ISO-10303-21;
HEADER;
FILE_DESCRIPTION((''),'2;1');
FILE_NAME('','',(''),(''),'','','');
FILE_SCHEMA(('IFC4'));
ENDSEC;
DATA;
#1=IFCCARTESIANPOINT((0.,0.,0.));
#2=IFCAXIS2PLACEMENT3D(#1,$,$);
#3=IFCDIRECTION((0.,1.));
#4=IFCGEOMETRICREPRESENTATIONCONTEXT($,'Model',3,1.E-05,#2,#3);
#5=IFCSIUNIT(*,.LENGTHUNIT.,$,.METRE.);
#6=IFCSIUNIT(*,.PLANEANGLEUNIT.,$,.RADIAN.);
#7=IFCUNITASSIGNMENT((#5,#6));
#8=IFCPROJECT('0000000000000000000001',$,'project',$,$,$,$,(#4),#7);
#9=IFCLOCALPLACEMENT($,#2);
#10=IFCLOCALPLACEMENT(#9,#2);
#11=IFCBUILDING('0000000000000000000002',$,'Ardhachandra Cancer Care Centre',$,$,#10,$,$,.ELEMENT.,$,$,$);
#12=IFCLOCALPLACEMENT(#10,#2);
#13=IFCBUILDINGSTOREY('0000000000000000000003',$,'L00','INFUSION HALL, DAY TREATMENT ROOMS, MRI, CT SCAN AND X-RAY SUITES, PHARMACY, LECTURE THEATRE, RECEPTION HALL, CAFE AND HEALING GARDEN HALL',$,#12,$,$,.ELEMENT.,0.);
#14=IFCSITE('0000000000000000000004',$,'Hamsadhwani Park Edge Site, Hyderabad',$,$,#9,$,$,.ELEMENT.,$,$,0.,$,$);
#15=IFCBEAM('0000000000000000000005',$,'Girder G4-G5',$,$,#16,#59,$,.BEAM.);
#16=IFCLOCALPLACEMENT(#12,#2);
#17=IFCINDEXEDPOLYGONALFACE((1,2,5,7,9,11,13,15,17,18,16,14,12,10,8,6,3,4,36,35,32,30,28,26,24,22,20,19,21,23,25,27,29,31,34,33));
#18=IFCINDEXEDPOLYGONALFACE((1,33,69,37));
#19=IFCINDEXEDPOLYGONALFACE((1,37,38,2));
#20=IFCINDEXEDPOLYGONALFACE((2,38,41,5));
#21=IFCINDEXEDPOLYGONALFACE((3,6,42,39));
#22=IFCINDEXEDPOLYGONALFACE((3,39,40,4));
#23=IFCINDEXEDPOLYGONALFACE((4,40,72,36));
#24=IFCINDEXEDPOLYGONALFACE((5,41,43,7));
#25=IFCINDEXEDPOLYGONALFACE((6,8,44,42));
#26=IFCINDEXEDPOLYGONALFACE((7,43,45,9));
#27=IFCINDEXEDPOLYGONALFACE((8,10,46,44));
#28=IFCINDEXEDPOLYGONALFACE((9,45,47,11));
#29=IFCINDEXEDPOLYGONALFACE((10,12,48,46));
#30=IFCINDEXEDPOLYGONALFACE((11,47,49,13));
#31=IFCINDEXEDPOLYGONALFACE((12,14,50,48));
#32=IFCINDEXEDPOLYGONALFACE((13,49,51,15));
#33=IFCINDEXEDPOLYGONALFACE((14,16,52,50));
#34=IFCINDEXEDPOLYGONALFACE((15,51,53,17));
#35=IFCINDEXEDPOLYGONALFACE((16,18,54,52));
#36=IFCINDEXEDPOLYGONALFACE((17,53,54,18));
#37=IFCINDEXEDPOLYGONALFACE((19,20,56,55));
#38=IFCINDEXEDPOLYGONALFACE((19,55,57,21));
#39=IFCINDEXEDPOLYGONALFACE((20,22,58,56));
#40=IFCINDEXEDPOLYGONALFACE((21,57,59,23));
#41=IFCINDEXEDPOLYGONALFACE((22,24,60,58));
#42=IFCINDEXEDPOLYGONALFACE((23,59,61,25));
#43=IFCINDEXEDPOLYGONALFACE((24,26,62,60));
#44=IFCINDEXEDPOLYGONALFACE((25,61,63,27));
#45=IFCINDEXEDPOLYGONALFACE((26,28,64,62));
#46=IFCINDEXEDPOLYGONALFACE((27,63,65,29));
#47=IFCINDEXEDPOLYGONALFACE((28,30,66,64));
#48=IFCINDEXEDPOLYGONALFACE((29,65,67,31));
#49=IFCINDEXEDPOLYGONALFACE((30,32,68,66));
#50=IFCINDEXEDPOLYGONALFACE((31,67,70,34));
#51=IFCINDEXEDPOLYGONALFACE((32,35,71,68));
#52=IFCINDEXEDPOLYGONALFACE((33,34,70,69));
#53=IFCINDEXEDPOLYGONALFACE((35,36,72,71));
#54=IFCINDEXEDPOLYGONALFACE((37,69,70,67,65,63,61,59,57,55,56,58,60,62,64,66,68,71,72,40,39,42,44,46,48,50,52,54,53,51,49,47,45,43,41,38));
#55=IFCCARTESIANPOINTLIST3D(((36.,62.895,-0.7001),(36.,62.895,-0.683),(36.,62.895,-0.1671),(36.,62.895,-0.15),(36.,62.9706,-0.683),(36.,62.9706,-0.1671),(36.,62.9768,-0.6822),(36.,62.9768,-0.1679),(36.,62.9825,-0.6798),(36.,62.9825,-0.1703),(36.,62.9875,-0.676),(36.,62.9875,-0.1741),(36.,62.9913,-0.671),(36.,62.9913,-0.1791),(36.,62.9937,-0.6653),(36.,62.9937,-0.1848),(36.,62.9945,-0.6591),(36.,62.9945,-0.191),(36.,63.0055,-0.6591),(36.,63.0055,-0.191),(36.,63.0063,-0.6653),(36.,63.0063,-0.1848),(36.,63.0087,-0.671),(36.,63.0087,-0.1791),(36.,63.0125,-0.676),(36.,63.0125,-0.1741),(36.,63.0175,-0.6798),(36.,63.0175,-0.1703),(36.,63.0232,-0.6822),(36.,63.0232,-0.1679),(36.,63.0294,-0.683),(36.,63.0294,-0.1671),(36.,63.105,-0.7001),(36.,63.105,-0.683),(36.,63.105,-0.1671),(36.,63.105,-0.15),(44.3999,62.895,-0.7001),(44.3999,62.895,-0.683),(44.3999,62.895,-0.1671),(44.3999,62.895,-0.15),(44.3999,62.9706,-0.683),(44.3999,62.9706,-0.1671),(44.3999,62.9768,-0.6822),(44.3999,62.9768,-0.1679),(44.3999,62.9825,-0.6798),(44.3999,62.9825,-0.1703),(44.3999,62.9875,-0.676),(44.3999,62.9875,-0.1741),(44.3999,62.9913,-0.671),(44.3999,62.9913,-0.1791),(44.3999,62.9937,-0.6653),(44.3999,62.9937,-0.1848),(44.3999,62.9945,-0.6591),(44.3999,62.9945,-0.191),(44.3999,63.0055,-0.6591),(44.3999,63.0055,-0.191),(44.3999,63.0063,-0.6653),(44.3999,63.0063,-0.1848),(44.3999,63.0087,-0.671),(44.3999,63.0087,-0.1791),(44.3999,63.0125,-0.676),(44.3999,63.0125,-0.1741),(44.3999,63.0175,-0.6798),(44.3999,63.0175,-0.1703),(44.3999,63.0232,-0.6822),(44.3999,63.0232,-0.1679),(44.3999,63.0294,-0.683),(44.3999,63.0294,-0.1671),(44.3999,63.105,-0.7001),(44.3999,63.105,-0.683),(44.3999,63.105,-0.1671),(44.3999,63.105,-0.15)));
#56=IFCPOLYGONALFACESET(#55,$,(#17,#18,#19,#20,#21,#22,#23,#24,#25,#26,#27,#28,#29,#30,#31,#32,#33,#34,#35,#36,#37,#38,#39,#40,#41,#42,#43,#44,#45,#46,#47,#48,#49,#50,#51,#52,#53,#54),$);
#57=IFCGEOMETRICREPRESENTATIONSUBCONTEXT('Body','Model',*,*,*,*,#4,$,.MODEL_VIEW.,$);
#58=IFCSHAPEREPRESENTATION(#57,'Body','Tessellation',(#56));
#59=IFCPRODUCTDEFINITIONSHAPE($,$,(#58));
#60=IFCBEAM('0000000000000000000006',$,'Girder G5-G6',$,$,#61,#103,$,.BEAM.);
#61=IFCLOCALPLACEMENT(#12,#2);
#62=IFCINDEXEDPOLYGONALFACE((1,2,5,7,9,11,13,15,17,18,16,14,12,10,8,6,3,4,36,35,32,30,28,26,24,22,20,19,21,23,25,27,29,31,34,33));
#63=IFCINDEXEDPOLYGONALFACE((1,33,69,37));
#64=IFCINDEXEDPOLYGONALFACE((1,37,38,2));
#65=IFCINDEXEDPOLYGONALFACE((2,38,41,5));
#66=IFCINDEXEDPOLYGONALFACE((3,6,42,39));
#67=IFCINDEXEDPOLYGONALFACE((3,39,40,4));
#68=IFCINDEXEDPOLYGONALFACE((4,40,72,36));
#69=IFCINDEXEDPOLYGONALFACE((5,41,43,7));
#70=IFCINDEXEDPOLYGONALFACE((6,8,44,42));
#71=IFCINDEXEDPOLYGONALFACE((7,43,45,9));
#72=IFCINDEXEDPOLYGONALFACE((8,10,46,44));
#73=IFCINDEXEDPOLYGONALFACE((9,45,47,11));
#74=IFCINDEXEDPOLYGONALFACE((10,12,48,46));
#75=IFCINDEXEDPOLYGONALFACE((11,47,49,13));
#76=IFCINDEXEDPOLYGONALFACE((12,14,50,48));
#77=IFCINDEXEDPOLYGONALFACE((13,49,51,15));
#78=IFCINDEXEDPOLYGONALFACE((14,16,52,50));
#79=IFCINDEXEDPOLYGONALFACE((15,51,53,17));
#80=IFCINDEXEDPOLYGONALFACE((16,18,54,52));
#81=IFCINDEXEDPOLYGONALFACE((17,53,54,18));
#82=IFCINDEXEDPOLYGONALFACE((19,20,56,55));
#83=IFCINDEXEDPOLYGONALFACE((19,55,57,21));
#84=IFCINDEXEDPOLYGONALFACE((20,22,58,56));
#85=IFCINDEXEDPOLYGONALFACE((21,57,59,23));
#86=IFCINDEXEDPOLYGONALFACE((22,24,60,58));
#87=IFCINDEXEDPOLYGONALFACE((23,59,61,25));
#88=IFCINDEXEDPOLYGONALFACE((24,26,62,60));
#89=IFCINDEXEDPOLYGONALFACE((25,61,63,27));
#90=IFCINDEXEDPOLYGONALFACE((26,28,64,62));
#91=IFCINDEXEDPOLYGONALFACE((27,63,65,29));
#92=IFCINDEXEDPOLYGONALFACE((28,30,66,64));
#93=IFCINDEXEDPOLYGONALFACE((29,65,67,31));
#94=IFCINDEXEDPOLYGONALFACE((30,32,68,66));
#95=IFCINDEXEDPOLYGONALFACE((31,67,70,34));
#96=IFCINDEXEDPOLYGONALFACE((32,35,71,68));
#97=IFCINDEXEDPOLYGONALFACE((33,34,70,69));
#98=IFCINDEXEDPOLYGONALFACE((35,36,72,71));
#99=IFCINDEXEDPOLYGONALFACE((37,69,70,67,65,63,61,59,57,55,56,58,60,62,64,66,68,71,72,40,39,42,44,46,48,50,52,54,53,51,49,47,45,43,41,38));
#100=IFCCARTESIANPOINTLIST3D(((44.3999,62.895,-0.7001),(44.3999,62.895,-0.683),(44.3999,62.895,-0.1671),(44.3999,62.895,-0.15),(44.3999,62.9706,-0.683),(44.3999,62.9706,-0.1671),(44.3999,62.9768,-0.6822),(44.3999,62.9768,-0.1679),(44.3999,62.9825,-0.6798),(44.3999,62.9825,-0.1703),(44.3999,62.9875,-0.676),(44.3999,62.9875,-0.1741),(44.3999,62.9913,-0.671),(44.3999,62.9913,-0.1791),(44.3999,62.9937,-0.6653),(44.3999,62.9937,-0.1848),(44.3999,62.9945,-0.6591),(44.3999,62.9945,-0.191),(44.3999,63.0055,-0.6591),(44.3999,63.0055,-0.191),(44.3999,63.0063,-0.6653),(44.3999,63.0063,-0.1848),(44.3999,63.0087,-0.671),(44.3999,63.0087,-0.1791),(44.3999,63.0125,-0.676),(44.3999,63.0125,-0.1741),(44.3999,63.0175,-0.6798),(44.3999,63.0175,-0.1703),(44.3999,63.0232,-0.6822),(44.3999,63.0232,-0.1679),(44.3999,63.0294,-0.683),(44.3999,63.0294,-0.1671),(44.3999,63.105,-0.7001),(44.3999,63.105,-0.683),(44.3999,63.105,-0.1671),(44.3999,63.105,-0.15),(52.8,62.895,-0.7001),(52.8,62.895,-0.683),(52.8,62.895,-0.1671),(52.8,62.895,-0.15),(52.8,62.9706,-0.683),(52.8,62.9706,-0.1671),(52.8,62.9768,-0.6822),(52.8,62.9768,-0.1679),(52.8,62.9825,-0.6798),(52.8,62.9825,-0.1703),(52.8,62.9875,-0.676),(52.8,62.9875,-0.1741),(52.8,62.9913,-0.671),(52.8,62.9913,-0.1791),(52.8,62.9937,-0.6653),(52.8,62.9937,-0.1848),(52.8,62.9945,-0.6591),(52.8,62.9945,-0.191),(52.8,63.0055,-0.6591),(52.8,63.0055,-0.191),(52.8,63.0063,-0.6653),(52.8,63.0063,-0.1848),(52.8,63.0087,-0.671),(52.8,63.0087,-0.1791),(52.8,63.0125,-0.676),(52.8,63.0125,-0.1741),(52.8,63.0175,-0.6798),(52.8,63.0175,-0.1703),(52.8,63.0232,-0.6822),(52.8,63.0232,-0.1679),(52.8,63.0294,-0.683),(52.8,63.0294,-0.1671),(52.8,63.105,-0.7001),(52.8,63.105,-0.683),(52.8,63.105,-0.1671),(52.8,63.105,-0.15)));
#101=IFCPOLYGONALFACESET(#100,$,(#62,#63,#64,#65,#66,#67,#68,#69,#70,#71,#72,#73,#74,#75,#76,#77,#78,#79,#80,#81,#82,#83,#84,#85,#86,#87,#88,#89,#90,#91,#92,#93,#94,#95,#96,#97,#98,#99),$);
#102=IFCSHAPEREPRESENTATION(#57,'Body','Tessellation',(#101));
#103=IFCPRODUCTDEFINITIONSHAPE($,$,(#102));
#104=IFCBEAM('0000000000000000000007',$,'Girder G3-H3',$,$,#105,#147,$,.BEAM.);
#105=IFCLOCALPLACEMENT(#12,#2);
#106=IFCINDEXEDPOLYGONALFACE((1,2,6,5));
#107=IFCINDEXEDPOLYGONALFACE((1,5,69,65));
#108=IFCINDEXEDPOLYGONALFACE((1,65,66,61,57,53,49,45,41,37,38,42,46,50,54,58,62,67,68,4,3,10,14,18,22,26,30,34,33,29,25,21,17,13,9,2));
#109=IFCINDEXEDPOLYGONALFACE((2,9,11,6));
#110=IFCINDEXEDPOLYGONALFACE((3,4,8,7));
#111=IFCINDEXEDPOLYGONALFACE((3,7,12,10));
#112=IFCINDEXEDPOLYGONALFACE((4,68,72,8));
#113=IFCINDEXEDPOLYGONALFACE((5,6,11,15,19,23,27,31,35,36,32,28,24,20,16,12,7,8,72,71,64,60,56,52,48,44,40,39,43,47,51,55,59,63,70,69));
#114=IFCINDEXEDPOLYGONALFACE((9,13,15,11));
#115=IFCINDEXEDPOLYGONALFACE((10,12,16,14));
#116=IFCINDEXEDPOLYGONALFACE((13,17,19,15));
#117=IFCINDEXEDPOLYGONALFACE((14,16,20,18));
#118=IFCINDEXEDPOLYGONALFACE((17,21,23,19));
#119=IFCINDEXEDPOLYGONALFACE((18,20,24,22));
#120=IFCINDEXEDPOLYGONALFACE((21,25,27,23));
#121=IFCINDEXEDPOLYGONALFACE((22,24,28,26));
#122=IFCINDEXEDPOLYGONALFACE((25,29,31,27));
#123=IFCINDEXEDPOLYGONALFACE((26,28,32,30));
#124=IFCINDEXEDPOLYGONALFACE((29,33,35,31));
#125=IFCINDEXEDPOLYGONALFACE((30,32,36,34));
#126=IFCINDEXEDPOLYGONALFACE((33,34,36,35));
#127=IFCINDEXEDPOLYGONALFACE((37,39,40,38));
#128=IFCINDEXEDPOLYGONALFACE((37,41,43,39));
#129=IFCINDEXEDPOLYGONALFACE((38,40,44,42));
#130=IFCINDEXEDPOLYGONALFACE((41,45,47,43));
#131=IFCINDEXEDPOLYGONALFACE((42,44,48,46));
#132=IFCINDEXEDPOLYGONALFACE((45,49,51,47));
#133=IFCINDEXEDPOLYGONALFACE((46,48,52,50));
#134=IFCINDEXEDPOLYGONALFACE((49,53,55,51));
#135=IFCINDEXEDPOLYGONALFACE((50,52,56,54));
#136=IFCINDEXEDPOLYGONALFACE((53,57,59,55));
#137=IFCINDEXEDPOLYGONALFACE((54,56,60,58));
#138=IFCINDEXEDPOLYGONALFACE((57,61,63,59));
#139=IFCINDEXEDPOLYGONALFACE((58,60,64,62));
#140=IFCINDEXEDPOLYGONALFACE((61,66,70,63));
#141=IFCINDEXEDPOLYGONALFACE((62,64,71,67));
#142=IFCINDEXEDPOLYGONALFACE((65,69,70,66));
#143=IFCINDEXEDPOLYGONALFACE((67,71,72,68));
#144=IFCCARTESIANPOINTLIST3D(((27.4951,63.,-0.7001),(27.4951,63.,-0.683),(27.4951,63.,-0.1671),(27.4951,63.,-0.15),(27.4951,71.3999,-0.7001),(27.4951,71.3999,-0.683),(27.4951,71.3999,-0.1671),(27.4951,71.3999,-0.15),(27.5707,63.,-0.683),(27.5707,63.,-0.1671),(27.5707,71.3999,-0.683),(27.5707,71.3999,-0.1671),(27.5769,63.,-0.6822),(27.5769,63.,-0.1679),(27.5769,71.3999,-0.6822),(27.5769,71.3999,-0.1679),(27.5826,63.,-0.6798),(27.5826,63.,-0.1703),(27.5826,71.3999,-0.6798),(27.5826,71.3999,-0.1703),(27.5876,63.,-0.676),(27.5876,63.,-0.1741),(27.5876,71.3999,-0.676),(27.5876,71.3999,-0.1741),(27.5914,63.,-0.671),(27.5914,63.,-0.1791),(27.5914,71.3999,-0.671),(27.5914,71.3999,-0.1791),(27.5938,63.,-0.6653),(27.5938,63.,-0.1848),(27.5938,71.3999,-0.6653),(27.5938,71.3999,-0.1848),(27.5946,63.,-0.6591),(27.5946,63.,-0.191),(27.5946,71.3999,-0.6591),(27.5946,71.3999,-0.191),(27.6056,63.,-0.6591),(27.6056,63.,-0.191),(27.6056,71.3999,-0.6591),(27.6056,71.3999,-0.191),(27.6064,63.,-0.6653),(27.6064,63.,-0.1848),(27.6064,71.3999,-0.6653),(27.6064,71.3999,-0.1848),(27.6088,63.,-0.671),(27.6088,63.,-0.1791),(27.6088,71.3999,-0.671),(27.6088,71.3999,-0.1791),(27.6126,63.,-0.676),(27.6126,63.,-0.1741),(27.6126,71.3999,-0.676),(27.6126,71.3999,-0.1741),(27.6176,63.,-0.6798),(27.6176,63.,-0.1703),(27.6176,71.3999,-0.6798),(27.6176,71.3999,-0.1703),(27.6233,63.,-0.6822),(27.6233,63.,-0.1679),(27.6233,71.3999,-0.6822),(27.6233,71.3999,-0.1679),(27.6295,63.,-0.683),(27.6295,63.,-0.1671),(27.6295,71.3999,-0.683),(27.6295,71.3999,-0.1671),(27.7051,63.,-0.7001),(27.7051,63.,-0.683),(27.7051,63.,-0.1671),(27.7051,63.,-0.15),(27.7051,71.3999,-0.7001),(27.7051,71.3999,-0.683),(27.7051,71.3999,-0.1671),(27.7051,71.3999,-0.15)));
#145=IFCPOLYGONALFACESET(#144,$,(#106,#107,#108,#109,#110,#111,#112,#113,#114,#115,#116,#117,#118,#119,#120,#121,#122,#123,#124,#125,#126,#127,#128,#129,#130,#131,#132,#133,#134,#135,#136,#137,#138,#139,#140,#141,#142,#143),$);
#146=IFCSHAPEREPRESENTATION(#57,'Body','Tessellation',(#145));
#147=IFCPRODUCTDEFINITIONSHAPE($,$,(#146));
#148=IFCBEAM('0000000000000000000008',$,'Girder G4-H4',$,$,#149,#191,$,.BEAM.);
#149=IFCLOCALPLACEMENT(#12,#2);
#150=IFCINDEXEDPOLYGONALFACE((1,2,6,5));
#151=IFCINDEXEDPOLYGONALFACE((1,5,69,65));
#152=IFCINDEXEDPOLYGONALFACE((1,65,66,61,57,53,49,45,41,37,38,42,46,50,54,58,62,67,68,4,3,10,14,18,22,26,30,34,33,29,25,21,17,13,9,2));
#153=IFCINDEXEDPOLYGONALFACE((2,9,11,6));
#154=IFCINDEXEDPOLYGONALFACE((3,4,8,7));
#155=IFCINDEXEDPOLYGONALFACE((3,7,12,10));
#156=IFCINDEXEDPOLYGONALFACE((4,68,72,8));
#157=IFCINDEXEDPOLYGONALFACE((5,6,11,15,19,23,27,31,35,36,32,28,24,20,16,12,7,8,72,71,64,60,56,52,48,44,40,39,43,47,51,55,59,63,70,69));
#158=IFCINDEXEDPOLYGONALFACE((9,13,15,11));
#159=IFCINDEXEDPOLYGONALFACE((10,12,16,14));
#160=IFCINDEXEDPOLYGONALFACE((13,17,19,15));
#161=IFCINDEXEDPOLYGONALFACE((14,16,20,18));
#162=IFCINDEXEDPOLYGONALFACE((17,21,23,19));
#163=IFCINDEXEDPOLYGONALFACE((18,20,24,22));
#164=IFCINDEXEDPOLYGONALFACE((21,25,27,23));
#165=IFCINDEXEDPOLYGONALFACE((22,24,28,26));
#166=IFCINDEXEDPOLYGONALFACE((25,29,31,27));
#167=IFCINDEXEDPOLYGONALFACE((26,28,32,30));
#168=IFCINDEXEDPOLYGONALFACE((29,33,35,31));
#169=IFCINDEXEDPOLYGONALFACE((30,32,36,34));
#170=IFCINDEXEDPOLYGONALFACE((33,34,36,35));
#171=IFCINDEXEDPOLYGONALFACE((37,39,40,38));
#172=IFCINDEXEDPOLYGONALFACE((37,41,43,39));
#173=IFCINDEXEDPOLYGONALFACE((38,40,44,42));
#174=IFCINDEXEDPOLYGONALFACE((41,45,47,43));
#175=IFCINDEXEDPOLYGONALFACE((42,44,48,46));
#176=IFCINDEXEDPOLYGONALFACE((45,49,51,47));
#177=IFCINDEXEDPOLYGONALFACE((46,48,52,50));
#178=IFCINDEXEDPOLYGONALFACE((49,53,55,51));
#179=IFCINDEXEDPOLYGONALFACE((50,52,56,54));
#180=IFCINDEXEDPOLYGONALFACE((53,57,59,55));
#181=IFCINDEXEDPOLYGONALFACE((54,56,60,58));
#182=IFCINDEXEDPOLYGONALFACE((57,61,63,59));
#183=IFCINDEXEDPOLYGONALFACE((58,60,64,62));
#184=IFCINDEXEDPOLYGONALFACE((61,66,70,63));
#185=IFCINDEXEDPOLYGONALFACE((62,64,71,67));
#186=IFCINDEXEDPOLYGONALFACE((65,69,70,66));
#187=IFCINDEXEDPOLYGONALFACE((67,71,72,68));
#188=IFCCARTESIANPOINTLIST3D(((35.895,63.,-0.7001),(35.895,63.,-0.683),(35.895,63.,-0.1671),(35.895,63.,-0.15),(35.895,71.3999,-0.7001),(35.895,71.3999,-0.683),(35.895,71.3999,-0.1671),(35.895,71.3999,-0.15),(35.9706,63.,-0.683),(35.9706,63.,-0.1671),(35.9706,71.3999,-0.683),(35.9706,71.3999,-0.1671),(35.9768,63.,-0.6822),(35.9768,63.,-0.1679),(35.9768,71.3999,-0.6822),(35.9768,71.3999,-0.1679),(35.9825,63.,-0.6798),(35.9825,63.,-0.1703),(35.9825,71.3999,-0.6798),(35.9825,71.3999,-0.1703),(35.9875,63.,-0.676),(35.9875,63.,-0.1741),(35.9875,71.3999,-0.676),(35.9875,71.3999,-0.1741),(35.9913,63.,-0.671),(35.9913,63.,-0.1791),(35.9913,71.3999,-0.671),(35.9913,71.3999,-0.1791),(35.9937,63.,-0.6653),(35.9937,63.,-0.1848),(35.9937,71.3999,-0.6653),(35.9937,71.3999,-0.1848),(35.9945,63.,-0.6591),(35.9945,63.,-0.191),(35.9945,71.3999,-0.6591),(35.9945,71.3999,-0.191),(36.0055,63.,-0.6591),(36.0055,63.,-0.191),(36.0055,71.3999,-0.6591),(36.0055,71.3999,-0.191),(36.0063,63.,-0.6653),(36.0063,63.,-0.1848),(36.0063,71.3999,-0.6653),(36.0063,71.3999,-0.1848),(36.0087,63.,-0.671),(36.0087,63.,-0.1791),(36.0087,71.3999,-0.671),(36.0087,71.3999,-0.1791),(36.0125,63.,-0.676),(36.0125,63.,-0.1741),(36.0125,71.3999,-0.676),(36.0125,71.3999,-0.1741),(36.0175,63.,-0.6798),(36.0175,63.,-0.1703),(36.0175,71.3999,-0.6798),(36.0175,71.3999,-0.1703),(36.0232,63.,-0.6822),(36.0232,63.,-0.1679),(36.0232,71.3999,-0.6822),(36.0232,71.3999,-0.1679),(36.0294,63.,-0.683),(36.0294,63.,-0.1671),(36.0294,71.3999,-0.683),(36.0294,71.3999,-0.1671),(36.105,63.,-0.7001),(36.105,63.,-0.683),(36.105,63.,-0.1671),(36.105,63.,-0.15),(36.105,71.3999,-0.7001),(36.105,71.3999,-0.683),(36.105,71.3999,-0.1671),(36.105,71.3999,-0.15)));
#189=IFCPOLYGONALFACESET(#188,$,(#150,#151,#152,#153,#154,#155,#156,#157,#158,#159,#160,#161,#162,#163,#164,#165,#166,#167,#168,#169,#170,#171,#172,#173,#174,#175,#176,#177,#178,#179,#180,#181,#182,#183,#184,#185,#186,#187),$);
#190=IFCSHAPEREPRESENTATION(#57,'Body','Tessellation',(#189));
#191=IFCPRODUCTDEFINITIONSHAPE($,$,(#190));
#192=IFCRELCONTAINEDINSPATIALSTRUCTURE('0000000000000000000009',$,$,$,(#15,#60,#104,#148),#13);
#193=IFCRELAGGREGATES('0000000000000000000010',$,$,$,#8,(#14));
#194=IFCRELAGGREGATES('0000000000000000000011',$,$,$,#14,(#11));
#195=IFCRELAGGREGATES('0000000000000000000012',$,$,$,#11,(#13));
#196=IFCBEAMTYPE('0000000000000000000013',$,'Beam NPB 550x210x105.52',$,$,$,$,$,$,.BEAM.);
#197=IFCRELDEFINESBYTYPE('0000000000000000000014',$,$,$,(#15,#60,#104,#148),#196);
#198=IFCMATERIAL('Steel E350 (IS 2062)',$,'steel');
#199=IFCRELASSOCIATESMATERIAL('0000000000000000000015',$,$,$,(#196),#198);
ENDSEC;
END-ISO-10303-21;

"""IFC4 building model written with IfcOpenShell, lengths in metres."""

from ifc_helpers import new_model, si_unit, direction, frame, origin, origin_2d, place, context, subcontext, project, spatial, i_section, extrude, material, material_profile, profile_set, type_object, element, save


model = new_model("IFC4")

# Units and contexts
model_context = context("Model", 3, precision=1e-05, world=origin(), true_north=direction((0.0, 1.0)))
body_context = subcontext(model_context, "Body", "Model", "MODEL_VIEW")
ifc_project = project(units=[si_unit("LENGTHUNIT", "METRE"), si_unit("PLANEANGLEUNIT", "RADIAN")], contexts=[model_context])

# Site, building, storey
site_placement = place(None, origin())
site = spatial("IfcSite", under=ifc_project, at=site_placement, Name="Hamsadhwani Park Edge Site, Hyderabad", CompositionType="ELEMENT", RefElevation=0.0)
building_placement = place(site_placement, origin())
building = spatial("IfcBuilding", under=site, at=building_placement, Name="Ardhachandra Cancer Care Centre", CompositionType="ELEMENT")
storey_placement = place(building_placement, origin())
storey = spatial("IfcBuildingStorey", under=building, at=storey_placement, Name="L00", Description="INFUSION HALL, DAY TREATMENT ROOMS, MRI, CT SCAN AND X-RAY SUITES, PHARMACY, LECTURE THEATRE, RECEPTION HALL, CAFE AND HEALING GARDEN HALL", CompositionType="ELEMENT", Elevation=0.0)

# Beams
ifc_material_1 = material(Name="Steel E350 (IS 2062)", Category="steel")
ifc_material_profile_1 = material_profile(ifc_material_1, i_section(OverallWidth=0.21, OverallDepth=0.55, WebThickness=0.011, FlangeThickness=0.0171, FilletRadius=0.0239, at=origin_2d()), Name="NPB 550x210x105.52")
ifc_profile_set_1 = profile_set([ifc_material_profile_1], Name="Steel E350 (IS 2062)")
beam_type_1 = type_object("IfcBeamType", Name="Beam NPB 550x210x105.52", PredefinedType="BEAM", material=ifc_profile_set_1)
for number, where, z_axis, x_axis, name in (
    (1, (36.0, 63.0, -0.425), (1.0, 0.0, 0.0), (0.0, 1.0, 0.0), "Girder G4-G5"),
):
    element("IfcBeam", number, at=place(storey_placement, frame(where, z_axis=z_axis, x_axis=x_axis)), inside=storey, type_object=beam_type_1, Name=name, PredefinedType="BEAM", context=body_context, shape_type="SweptSolid", body=[
        extrude(i_section(OverallWidth=0.21, OverallDepth=0.55, WebThickness=0.011, FlangeThickness=0.0171, FilletRadius=0.0239, at=origin_2d()), origin(), (0.0, 0.0, 1.0), 8.3999),
    ])
beam_1_placement = place(storey_placement, frame((44.3999, 63.0, -0.425), z_axis=(1.0, 0.0, 0.0), x_axis=(0.0, 1.0, 0.0)))
element("IfcBeam", 2, at=beam_1_placement, inside=storey, type_object=beam_type_1, Name="Girder G5-G6", PredefinedType="BEAM", context=body_context, shape_type="SweptSolid", body=[
    extrude(i_section(OverallWidth=0.21, OverallDepth=0.55, WebThickness=0.011, FlangeThickness=0.0171, FilletRadius=0.0239, at=origin_2d()), origin(), (0.0, 0.0, 1.0), 8.4001),
])
for number, where, z_axis, x_axis, name in (
    (3, (27.6001, 63.0, -0.425), (0.0, 1.0, 0.0), (-1.0, 0.0, 0.0), "Girder G3-H3"),
    (4, (36.0, 63.0, -0.425), (0.0, 1.0, 0.0), (-1.0, 0.0, 0.0), "Girder G4-H4"),
):
    element("IfcBeam", number, at=place(storey_placement, frame(where, z_axis=z_axis, x_axis=x_axis)), inside=storey, type_object=beam_type_1, Name=name, PredefinedType="BEAM", context=body_context, shape_type="SweptSolid", body=[
        extrude(i_section(OverallWidth=0.21, OverallDepth=0.55, WebThickness=0.011, FlangeThickness=0.0171, FilletRadius=0.0239, at=origin_2d()), origin(), (0.0, 0.0, 1.0), 8.3999),
    ])

save(model, "model.ifc")
